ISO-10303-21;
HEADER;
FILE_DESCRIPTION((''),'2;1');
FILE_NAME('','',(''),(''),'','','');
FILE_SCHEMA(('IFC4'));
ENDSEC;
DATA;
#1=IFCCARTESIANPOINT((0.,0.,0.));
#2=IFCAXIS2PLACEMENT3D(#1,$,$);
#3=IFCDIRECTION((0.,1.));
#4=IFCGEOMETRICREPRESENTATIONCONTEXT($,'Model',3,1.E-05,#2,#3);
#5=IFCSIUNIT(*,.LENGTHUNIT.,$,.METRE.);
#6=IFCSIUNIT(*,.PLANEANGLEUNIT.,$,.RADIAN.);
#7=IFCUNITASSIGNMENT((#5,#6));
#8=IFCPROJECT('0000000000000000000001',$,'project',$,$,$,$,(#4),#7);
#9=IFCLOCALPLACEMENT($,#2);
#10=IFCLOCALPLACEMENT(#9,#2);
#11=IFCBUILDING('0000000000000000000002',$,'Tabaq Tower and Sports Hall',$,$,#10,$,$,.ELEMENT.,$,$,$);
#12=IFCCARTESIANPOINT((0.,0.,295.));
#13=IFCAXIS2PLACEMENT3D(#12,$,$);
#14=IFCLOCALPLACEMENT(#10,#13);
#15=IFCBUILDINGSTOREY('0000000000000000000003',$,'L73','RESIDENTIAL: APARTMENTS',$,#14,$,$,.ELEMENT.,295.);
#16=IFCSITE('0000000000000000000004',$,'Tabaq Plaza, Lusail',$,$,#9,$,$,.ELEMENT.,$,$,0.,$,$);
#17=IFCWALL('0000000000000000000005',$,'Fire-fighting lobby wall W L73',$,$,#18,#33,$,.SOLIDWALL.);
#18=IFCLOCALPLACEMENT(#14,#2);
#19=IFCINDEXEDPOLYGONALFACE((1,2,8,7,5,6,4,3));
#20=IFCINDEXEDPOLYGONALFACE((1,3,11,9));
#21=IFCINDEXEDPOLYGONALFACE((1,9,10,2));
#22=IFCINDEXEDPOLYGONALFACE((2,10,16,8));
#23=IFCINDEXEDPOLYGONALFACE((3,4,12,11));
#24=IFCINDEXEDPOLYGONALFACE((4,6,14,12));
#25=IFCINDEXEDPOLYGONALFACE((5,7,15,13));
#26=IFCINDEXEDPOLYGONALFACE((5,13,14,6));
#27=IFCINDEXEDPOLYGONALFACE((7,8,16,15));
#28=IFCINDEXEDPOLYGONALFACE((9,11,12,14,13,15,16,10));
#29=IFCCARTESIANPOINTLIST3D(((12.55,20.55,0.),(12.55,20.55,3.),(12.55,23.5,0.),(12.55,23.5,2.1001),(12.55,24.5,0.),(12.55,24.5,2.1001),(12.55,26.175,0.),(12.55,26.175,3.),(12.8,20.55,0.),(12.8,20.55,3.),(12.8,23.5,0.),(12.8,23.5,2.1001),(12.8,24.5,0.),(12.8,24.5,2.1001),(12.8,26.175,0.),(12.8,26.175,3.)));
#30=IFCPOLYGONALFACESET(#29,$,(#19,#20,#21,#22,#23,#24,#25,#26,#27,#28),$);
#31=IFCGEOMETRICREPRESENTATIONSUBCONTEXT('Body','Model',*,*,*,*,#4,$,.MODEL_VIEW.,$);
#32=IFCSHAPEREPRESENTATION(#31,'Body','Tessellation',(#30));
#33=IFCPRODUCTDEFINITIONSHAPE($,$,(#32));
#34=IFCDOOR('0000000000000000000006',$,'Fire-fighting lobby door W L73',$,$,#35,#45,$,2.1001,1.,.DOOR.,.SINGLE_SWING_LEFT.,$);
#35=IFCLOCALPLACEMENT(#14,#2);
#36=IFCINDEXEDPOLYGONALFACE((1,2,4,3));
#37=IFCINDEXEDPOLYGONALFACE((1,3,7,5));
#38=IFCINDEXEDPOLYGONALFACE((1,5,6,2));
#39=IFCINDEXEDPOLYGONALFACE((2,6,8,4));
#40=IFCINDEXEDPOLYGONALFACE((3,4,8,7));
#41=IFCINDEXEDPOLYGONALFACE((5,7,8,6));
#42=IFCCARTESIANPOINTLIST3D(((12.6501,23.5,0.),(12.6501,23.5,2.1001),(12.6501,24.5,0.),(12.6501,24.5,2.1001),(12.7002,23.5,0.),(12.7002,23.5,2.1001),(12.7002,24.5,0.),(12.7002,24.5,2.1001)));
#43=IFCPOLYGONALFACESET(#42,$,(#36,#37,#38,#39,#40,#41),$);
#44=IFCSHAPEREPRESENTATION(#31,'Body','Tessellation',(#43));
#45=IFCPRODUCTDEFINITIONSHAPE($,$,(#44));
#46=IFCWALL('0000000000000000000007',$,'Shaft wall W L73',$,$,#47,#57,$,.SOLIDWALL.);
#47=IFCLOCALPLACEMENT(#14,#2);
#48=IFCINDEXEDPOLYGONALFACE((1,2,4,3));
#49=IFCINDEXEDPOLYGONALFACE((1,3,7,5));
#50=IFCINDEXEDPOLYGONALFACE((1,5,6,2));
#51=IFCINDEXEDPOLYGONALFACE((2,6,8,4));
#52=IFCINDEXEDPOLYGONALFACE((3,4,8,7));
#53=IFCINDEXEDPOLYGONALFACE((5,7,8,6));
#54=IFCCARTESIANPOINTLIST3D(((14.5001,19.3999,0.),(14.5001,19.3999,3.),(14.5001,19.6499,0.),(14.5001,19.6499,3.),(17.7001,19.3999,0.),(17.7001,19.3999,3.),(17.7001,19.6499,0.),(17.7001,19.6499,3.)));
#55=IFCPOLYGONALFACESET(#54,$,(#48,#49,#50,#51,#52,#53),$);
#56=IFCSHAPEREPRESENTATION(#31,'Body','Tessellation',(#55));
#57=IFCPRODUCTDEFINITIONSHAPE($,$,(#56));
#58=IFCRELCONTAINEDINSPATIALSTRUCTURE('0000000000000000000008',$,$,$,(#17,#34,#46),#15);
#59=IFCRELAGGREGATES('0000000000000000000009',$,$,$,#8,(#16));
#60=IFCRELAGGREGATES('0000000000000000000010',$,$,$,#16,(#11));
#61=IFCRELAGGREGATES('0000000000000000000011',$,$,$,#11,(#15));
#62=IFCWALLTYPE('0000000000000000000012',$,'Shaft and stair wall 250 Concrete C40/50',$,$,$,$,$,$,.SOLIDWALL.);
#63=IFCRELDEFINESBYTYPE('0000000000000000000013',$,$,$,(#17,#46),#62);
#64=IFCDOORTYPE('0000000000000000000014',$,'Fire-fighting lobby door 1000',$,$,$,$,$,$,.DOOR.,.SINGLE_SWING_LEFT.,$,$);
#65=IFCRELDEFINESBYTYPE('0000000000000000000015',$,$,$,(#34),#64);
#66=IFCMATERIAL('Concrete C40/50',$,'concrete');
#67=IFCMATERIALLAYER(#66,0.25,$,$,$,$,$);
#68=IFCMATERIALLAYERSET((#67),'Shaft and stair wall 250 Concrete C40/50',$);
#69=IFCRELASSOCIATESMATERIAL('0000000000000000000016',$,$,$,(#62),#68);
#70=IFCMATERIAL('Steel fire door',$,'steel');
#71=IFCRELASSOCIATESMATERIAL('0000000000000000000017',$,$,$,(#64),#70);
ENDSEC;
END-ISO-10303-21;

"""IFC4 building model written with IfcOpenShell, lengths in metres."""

from ifc_helpers import new_model, si_unit, direction, frame, frame_2d, origin, place, context, subcontext, project, spatial, rectangle, extrude, material, layer, layer_set, type_object, element, fill, save


model = new_model("IFC4")

# Units and contexts
model_context = context("Model", 3, precision=1e-05, world=origin(), true_north=direction((0.0, 1.0)))
body_context = subcontext(model_context, "Body", "Model", "MODEL_VIEW")
ifc_project = project(units=[si_unit("LENGTHUNIT", "METRE"), si_unit("PLANEANGLEUNIT", "RADIAN")], contexts=[model_context])

# Site, building, storey
site_placement = place(None, origin())
site = spatial("IfcSite", under=ifc_project, at=site_placement, Name="Tabaq Plaza, Lusail", CompositionType="ELEMENT", RefElevation=0.0)
building_placement = place(site_placement, origin())
building = spatial("IfcBuilding", under=site, at=building_placement, Name="Tabaq Tower and Sports Hall", CompositionType="ELEMENT")
storey_placement = place(building_placement, frame((0.0, 0.0, 295.0)))
storey = spatial("IfcBuildingStorey", under=building, at=storey_placement, Name="L73", Description="RESIDENTIAL: APARTMENTS", CompositionType="ELEMENT", Elevation=295.0)

# Shared definitions
ifc_material_1 = material(Name="Concrete C40/50", Category="concrete")
ifc_layer_1 = layer(ifc_material_1, 0.25)
ifc_layer_set_1 = layer_set([ifc_layer_1], Name="Shaft and stair wall 250 Concrete C40/50")
wall_type_1 = type_object("IfcWallType", Name="Shaft and stair wall 250 Concrete C40/50", PredefinedType="SOLIDWALL", material=ifc_layer_set_1)

# Wall, opening, door
wall_1_placement = place(storey_placement, frame((12.675, 20.55, 0.0), z_axis=(0.0, 0.0, 1.0), x_axis=(0.0, 1.0, 0.0)))
wall_1 = element("IfcWall", 1, at=wall_1_placement, inside=storey, type_object=wall_type_1, Name="Fire-fighting lobby wall W L73", PredefinedType="SOLIDWALL", context=body_context, shape_type="SweptSolid", body=[
    extrude(rectangle(XDim=5.625, YDim=0.25, at=frame_2d((2.8125, 0.0))), origin(), (0.0, 0.0, 1.0), 3.0),
])
opening_1_placement = place(wall_1_placement, frame((2.95, 0.0, 0.0)))
opening_1 = element("IfcOpeningElement", 2, at=opening_1_placement, cuts=wall_1, PredefinedType="OPENING", context=body_context, shape_type="SweptSolid", body=[
    extrude(rectangle(XDim=1.0, YDim=2.1001, at=frame_2d((0.5, 1.05))), frame((0.0, 0.125, 0.0), z_axis=(0.0, -1.0, 0.0), x_axis=(1.0, 0.0, 0.0)), (0.0, 0.0, 1.0), 0.25),
])
ifc_material_2 = material(Name="Steel fire door", Category="steel")
door_type_1 = type_object("IfcDoorType", Name="Fire-fighting lobby door 1000", OperationType="SINGLE_SWING_LEFT", PredefinedType="DOOR", material=ifc_material_2)
door_1_placement = place(opening_1_placement, origin())
door_1 = element("IfcDoor", 3, at=door_1_placement, inside=storey, type_object=door_type_1, Name="Fire-fighting lobby door W L73", OperationType="SINGLE_SWING_LEFT", OverallHeight=2.1001, OverallWidth=1.0, PredefinedType="DOOR", context=body_context, shape_type="SweptSolid", body=[
    extrude(rectangle(XDim=1.0, YDim=2.1001, at=frame_2d((0.5, 1.05))), frame((0.0, 0.0249, 0.0), z_axis=(0.0, -1.0, 0.0), x_axis=(1.0, 0.0, 0.0)), (0.0, 0.0, 1.0), 0.05),
])
fill(opening_1, door_1)

# Wall
wall_2_placement = place(storey_placement, frame((14.5, 19.5249, 0.0), z_axis=(0.0, 0.0, 1.0), x_axis=(1.0, 0.0, 0.0)))
element("IfcWall", 4, at=wall_2_placement, inside=storey, type_object=wall_type_1, Name="Shaft wall W L73", PredefinedType="SOLIDWALL", context=body_context, shape_type="SweptSolid", body=[
    extrude(rectangle(XDim=3.2, YDim=0.25, at=frame_2d((1.6001, 0.0))), origin(), (0.0, 0.0, 1.0), 3.0),
])

save(model, "model.ifc")
